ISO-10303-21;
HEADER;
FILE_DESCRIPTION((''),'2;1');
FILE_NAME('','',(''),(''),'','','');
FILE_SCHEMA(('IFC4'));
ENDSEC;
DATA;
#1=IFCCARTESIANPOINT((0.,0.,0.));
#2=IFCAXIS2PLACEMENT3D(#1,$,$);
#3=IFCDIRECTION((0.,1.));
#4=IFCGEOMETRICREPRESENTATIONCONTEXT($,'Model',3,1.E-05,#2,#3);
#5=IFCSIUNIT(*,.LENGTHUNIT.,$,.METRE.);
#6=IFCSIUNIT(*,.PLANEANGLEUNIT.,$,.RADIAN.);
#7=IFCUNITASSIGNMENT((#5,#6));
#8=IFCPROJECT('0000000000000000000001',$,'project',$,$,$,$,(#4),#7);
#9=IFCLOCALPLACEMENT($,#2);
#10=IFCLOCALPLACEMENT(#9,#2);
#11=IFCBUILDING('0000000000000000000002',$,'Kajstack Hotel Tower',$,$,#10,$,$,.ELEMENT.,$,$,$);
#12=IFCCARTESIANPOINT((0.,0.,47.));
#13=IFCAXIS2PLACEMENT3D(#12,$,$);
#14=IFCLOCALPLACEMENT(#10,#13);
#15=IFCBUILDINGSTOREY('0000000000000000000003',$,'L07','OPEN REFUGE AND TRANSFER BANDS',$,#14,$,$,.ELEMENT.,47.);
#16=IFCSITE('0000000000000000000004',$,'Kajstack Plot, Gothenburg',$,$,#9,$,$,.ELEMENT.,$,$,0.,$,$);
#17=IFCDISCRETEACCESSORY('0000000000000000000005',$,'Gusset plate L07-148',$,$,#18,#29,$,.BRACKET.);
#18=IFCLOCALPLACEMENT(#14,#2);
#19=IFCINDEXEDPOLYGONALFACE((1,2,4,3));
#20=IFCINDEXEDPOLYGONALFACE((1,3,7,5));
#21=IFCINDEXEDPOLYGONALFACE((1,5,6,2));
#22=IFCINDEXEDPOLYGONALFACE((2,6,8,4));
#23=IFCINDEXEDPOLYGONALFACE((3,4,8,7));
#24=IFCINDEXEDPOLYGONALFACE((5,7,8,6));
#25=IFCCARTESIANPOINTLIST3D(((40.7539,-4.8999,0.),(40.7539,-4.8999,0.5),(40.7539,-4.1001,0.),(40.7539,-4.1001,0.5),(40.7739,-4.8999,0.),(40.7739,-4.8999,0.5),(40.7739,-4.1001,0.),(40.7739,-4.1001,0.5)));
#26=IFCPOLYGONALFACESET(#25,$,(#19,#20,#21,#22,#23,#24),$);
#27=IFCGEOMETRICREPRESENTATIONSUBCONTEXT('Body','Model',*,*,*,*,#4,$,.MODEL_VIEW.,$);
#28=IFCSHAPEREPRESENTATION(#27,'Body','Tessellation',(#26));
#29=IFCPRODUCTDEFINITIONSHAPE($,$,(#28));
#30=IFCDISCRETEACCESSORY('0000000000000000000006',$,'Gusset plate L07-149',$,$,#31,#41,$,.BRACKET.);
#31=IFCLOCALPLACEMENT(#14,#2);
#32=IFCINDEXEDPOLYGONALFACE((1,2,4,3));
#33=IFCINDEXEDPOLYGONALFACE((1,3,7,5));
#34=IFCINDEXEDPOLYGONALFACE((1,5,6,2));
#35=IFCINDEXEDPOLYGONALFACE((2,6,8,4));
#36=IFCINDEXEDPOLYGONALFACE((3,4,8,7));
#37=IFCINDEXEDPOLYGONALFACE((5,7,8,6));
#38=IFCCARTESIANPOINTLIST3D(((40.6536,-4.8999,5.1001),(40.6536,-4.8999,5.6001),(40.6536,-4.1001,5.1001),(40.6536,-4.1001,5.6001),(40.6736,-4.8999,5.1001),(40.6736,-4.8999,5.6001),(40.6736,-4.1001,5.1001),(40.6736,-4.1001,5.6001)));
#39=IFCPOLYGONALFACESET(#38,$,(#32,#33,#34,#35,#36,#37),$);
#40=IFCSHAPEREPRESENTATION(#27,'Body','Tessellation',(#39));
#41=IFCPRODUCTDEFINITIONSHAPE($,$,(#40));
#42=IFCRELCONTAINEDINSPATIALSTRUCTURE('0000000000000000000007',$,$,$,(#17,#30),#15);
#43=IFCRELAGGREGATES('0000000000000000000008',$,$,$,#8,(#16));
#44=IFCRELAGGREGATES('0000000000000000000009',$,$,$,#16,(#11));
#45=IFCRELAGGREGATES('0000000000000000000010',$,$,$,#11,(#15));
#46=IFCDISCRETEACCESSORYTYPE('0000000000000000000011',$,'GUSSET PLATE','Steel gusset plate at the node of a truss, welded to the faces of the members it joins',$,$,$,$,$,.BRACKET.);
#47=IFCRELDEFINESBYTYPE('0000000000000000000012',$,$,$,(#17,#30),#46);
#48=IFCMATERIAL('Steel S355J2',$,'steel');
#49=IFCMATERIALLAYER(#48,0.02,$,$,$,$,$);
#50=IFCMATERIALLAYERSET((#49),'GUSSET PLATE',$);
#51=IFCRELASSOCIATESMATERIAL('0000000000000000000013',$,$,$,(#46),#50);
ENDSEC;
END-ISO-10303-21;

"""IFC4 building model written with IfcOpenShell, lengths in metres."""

from ifc_helpers import new_model, si_unit, direction, frame, origin, place, context, subcontext, project, spatial, polyline, outline, extrude, material, layer, layer_set, type_object, element, save


model = new_model("IFC4")

# Units and contexts
model_context = context("Model", 3, precision=1e-05, world=origin(), true_north=direction((0.0, 1.0)))
body_context = subcontext(model_context, "Body", "Model", "MODEL_VIEW")
ifc_project = project(units=[si_unit("LENGTHUNIT", "METRE"), si_unit("PLANEANGLEUNIT", "RADIAN")], contexts=[model_context])

# Site, building, storey
site_placement = place(None, origin())
site = spatial("IfcSite", under=ifc_project, at=site_placement, Name="Kajstack Plot, Gothenburg", CompositionType="ELEMENT", RefElevation=0.0)
building_placement = place(site_placement, origin())
building = spatial("IfcBuilding", under=site, at=building_placement, Name="Kajstack Hotel Tower", CompositionType="ELEMENT")
storey_placement = place(building_placement, frame((0.0, 0.0, 47.0)))
storey = spatial("IfcBuildingStorey", under=building, at=storey_placement, Name="L07", Description="OPEN REFUGE AND TRANSFER BANDS", CompositionType="ELEMENT", Elevation=47.0)

# Shared definitions
ifc_material_1 = material(Name="Steel S355J2", Category="steel")

# Discrete accessories
ifc_layer_1 = layer(ifc_material_1, 0.02)
ifc_layer_set_1 = layer_set([ifc_layer_1], Name="GUSSET PLATE")
discrete_accessory_type = type_object("IfcDiscreteAccessoryType", Name="GUSSET PLATE", Description="Steel gusset plate at the node of a truss, welded to the faces of the members it joins", PredefinedType="BRACKET", material=ifc_layer_set_1)
for number, where, z_axis, x_axis, name in (
    (1, (40.7539, -4.5, 0.0), (1.0, 0.0, 0.0), (0.0, 1.0, 0.0), "Gusset plate L07-148"),
    (2, (40.6536, -4.5, 5.1001), (1.0, 0.0, 0.0), (0.0, 1.0, 0.0), "Gusset plate L07-149"),
):
    element("IfcDiscreteAccessory", number, at=place(storey_placement, frame(where, z_axis=z_axis, x_axis=x_axis)), inside=storey, type_object=discrete_accessory_type, Name=name, PredefinedType="BRACKET", context=body_context, shape_type="SweptSolid", body=[
        extrude(outline(polyline([(-0.3999, 0.0), (0.3999, 0.0), (0.3999, 0.5), (-0.3999, 0.5), (-0.3999, 0.0)])), origin(), (0.0, 0.0, 1.0), 0.02),
    ])

save(model, "model.ifc")
